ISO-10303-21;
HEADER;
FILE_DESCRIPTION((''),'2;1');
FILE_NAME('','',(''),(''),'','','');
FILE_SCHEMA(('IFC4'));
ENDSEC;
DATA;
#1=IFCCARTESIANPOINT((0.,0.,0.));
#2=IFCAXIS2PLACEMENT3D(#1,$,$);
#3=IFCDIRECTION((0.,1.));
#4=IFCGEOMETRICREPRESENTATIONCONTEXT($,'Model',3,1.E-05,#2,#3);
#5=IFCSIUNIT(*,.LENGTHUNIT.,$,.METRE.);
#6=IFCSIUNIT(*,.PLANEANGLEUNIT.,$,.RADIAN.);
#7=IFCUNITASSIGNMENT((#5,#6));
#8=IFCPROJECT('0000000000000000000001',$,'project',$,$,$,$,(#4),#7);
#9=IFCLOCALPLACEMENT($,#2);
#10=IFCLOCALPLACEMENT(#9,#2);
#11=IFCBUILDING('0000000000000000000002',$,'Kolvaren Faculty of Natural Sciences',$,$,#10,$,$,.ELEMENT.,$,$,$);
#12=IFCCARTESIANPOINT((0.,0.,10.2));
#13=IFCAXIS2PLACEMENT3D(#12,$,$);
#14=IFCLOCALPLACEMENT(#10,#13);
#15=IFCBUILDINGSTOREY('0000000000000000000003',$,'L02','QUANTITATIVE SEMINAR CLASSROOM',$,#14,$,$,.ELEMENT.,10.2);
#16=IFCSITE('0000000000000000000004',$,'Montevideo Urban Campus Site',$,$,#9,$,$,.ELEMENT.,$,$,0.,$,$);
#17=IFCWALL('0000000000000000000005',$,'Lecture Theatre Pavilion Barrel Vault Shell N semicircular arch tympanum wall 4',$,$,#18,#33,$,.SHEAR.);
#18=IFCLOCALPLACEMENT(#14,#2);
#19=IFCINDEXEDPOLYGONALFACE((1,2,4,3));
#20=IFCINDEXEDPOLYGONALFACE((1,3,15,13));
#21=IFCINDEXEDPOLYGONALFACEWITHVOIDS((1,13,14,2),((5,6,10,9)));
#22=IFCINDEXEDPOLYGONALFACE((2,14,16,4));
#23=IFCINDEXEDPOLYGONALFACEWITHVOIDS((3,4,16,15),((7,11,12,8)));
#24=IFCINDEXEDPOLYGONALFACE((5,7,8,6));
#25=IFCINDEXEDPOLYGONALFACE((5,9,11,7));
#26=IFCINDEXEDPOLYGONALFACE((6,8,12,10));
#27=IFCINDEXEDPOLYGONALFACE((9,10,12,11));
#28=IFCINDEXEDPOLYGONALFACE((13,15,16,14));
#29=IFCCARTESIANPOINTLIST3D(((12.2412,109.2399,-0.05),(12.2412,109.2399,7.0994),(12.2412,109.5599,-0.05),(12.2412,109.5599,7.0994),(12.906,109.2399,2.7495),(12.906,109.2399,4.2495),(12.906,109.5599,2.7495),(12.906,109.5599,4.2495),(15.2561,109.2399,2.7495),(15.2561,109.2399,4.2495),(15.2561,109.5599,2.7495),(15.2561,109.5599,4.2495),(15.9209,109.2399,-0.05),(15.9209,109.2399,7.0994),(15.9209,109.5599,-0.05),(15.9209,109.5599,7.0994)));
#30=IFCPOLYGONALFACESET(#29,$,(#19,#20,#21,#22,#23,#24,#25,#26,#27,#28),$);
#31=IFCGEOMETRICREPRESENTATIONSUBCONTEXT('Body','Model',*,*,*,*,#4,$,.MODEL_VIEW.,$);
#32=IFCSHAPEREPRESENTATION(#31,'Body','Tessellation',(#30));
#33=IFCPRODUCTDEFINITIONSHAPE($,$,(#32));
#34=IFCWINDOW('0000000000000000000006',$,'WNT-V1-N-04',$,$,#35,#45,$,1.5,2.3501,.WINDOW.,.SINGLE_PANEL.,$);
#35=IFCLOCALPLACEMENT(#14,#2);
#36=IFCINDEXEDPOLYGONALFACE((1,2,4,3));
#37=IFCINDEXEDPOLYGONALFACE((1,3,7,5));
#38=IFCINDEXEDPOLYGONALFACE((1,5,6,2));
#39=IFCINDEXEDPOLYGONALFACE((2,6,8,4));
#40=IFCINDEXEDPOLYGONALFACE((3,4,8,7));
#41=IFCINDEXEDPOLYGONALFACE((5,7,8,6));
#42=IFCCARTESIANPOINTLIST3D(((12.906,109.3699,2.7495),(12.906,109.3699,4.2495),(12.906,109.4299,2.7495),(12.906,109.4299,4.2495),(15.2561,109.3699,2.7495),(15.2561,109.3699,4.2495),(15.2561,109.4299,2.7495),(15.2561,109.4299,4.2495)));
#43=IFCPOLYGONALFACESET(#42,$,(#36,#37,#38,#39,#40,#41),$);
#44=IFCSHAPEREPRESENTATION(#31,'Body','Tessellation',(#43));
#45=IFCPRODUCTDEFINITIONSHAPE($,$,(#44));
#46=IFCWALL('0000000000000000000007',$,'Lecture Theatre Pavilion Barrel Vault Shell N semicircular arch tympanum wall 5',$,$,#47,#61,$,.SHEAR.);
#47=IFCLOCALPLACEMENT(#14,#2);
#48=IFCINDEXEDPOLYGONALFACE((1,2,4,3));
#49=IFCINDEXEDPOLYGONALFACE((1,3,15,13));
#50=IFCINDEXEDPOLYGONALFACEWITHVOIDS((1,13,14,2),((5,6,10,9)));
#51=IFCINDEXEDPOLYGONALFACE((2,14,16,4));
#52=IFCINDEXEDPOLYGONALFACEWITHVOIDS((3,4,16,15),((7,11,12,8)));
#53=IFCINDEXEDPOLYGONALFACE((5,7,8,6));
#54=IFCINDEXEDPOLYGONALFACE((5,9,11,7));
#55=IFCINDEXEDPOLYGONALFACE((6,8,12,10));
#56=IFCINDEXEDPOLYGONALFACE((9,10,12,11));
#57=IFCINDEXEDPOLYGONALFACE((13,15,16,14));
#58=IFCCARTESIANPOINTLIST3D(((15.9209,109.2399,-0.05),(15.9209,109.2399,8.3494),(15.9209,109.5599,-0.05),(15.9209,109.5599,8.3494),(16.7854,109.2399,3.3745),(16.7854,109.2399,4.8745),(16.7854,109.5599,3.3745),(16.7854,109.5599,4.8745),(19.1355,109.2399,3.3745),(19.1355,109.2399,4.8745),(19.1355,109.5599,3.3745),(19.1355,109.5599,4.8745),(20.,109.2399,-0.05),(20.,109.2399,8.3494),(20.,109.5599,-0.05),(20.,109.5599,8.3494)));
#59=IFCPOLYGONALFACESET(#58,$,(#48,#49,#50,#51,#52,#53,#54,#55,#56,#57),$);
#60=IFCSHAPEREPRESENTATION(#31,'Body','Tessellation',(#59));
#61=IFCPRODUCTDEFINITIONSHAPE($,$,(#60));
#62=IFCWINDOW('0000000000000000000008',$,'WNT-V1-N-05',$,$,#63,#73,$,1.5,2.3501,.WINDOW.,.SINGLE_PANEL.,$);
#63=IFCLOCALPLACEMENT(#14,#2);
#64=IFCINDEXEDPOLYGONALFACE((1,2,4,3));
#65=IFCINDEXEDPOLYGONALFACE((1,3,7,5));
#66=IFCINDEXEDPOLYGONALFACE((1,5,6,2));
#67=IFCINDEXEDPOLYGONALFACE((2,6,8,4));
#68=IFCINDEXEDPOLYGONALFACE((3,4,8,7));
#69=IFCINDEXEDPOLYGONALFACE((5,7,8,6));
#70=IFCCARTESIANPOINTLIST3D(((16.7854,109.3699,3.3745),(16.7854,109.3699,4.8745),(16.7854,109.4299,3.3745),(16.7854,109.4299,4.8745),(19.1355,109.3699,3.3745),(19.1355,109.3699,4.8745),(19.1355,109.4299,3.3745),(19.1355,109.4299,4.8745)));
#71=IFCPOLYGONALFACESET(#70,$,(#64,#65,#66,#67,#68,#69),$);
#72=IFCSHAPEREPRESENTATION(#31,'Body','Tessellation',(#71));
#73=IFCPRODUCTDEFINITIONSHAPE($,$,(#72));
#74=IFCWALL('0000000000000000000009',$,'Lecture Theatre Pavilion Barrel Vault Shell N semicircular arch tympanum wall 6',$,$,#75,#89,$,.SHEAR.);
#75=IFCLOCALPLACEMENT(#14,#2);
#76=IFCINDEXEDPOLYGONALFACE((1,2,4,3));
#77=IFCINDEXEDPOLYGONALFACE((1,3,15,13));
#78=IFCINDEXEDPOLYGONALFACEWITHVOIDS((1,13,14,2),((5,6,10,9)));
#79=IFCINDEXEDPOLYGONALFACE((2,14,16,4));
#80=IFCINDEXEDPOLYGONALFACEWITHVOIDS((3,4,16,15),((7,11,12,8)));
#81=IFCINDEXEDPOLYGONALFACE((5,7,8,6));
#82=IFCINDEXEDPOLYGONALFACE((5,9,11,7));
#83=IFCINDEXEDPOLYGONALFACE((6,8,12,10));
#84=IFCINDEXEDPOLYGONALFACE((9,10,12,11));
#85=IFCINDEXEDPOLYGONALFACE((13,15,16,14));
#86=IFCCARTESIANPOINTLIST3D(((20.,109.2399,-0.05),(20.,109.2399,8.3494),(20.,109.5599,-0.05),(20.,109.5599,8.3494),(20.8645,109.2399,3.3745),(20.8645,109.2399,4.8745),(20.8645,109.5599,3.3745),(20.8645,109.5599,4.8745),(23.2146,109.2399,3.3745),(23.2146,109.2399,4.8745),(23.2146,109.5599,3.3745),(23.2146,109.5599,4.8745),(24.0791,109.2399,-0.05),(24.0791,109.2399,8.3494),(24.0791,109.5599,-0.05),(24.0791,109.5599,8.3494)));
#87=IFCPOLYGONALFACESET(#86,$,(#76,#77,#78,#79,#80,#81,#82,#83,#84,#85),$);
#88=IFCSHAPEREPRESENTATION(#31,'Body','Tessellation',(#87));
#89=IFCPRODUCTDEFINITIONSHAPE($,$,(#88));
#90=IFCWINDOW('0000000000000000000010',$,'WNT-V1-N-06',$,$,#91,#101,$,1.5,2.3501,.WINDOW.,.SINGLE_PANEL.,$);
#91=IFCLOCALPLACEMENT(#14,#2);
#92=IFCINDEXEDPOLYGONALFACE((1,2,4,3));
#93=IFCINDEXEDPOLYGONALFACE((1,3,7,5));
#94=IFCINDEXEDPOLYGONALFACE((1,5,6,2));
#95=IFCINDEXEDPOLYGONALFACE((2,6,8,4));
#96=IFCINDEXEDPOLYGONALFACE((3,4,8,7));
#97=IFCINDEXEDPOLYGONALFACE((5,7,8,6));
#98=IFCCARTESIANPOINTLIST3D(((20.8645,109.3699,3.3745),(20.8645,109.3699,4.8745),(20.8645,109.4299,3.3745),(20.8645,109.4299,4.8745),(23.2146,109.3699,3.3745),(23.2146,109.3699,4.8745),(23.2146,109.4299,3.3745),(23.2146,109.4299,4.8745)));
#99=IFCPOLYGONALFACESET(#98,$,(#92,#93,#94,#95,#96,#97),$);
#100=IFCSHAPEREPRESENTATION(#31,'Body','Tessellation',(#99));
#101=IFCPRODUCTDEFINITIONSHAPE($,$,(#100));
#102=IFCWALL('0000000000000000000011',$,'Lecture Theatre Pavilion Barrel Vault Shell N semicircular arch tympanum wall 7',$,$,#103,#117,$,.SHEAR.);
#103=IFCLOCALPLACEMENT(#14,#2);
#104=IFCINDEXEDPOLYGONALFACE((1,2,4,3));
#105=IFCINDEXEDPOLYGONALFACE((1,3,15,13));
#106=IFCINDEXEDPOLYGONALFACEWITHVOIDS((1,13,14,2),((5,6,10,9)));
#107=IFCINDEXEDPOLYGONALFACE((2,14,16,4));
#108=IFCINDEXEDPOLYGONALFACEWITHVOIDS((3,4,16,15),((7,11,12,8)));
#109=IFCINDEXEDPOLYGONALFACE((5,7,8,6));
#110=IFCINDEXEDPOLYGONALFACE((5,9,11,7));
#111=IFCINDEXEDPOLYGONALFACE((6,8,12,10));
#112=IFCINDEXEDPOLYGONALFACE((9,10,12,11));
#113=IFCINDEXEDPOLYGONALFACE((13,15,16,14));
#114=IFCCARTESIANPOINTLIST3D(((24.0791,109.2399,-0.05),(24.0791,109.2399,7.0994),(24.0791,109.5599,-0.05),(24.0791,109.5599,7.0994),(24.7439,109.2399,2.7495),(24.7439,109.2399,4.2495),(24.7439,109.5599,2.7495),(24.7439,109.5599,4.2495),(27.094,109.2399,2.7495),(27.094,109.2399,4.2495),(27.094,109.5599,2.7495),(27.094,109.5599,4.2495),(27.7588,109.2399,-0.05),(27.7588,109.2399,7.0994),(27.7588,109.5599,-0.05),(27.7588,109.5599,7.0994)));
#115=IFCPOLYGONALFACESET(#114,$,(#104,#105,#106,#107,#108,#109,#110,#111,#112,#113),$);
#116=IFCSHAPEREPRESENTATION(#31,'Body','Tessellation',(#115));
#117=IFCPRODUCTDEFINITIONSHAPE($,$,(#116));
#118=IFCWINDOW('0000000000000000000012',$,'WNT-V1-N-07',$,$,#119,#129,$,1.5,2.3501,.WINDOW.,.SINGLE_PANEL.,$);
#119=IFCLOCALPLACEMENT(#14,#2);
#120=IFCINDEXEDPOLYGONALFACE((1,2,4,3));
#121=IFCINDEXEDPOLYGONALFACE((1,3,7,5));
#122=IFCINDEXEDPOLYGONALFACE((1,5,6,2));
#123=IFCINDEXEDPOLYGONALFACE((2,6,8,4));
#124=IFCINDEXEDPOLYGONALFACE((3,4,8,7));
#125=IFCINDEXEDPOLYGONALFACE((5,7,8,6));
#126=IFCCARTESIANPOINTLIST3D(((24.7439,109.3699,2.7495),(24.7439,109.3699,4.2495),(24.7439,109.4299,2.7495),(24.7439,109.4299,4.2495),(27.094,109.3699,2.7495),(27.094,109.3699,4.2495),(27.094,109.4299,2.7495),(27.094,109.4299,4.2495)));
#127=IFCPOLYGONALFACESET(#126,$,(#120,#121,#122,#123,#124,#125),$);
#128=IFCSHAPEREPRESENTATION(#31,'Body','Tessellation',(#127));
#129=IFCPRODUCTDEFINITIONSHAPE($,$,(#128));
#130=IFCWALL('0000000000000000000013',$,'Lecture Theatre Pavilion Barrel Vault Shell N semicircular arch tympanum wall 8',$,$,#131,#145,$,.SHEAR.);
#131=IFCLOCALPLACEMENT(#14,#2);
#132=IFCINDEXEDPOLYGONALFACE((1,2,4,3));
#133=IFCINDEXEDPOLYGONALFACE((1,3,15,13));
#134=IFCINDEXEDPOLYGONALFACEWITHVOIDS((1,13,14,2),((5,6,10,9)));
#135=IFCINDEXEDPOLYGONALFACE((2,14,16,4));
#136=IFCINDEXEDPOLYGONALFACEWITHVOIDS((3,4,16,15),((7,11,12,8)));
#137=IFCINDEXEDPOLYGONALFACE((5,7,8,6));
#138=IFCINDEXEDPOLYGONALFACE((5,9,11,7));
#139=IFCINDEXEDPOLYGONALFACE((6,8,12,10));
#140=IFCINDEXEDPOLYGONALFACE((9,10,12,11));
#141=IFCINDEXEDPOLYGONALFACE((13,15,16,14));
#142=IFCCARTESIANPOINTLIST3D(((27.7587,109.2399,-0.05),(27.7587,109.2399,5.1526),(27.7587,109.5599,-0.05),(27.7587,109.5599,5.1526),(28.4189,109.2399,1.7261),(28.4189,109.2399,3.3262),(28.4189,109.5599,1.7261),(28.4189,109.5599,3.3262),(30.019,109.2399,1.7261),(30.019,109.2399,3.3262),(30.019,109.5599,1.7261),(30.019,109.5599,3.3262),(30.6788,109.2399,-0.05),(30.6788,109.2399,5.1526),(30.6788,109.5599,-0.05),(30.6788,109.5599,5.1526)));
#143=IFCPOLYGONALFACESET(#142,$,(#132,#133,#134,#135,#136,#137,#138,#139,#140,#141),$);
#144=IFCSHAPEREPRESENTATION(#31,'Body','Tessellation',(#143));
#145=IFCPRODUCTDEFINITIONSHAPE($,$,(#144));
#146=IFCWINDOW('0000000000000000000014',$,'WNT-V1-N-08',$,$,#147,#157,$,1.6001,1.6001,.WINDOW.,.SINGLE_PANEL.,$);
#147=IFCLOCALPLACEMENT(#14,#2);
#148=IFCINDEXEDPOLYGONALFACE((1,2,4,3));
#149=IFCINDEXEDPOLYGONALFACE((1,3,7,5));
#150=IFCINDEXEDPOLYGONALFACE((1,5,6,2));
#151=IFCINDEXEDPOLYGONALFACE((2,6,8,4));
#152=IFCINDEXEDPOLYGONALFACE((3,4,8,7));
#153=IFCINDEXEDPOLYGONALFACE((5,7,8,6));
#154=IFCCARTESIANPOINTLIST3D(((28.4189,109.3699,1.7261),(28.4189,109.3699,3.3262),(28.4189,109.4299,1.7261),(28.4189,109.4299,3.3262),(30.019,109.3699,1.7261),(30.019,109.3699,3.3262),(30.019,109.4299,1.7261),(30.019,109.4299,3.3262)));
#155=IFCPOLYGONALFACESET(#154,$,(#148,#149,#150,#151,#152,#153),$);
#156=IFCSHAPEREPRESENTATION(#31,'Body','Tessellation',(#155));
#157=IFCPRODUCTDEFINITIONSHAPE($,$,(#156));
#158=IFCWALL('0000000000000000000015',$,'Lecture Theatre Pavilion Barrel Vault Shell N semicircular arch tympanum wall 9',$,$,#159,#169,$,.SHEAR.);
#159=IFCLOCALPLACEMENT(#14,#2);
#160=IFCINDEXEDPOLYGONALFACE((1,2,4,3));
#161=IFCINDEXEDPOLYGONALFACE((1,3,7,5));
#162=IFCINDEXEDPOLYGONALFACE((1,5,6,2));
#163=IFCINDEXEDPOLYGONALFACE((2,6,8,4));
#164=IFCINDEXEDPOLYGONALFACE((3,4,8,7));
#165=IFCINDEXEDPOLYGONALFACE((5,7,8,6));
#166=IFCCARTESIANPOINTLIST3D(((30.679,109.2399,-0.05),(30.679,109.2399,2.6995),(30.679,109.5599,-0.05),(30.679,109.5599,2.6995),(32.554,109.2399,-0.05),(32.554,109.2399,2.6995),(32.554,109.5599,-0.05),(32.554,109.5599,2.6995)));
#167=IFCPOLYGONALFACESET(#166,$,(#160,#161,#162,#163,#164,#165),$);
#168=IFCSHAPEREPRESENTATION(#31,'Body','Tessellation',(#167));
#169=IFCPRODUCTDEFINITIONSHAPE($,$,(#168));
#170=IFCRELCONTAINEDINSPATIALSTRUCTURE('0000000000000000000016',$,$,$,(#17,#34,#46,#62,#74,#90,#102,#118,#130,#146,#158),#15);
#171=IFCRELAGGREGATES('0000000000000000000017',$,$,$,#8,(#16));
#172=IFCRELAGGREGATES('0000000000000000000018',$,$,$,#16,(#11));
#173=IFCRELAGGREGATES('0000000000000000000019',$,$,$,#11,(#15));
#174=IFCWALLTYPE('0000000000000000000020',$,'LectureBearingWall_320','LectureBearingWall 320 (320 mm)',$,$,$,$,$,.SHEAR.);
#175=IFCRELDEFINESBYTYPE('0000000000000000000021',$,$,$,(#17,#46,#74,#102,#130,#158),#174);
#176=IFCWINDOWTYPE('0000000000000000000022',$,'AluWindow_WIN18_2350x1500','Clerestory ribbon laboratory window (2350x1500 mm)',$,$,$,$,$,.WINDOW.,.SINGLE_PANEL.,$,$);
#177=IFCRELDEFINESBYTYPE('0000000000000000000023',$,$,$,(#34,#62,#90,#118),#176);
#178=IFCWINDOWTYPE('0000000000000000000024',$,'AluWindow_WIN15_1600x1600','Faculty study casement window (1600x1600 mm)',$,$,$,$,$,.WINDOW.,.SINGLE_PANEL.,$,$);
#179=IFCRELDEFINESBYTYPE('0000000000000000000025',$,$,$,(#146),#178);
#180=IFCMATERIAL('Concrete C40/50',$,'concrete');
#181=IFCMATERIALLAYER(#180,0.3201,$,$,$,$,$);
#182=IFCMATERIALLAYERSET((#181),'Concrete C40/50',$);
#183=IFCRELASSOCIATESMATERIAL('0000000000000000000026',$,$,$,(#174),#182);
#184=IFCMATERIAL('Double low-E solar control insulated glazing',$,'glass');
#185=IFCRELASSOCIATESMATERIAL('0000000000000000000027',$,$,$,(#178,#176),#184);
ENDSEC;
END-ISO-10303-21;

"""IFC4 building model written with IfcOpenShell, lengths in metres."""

from ifc_helpers import new_model, si_unit, direction, frame, frame_2d, origin, place, context, subcontext, project, spatial, rectangle, extrude, material, layer, layer_set, type_object, element, fill, save


model = new_model("IFC4")

# Units and contexts
model_context = context("Model", 3, precision=1e-05, world=origin(), true_north=direction((0.0, 1.0)))
body_context = subcontext(model_context, "Body", "Model", "MODEL_VIEW")
ifc_project = project(units=[si_unit("LENGTHUNIT", "METRE"), si_unit("PLANEANGLEUNIT", "RADIAN")], contexts=[model_context])

# Site, building, storey
site_placement = place(None, origin())
site = spatial("IfcSite", under=ifc_project, at=site_placement, Name="Montevideo Urban Campus Site", CompositionType="ELEMENT", RefElevation=0.0)
building_placement = place(site_placement, origin())
building = spatial("IfcBuilding", under=site, at=building_placement, Name="Kolvaren Faculty of Natural Sciences", CompositionType="ELEMENT")
storey_placement = place(building_placement, frame((0.0, 0.0, 10.2)))
storey = spatial("IfcBuildingStorey", under=building, at=storey_placement, Name="L02", Description="QUANTITATIVE SEMINAR CLASSROOM", CompositionType="ELEMENT", Elevation=10.2)

# Shared definitions
ifc_material_1 = material(Name="Concrete C40/50", Category="concrete")

# Shared definitions
ifc_layer_1 = layer(ifc_material_1, 0.3201)
ifc_layer_set_1 = layer_set([ifc_layer_1], Name="Concrete C40/50")
wall_type_1 = type_object("IfcWallType", Name="LectureBearingWall_320", Description="LectureBearingWall 320 (320 mm)", PredefinedType="SHEAR", material=ifc_layer_set_1)
ifc_material_2 = material(Name="Double low-E solar control insulated glazing", Category="glass")
window_type_1 = type_object("IfcWindowType", Name="AluWindow_WIN15_1600x1600", Description="Faculty study casement window (1600x1600 mm)", PartitioningType="SINGLE_PANEL", PredefinedType="WINDOW", material=ifc_material_2)

# Walls, openings, windows
wall_1_placement = place(storey_placement, frame((12.2412, 109.3999, -0.05), z_axis=(0.0, 0.0, 1.0), x_axis=(1.0, 0.0, 0.0)))
wall_1 = element("IfcWall", 1, at=wall_1_placement, inside=storey, type_object=wall_type_1, Name="Lecture Theatre Pavilion Barrel Vault Shell N semicircular arch tympanum wall 4", PredefinedType="SHEAR", context=body_context, shape_type="SweptSolid", body=[
    extrude(rectangle(XDim=3.6797, YDim=0.3201, at=frame_2d((1.8398, 0.0))), origin(), (0.0, 0.0, 1.0), 7.1494),
])
opening_1_placement = place(wall_1_placement, frame((0.6648, 0.0, 2.7996)))
opening_1 = element("IfcOpeningElement", 2, at=opening_1_placement, cuts=wall_1, PredefinedType="OPENING", context=body_context, shape_type="SweptSolid", body=[
    extrude(rectangle(XDim=2.3501, YDim=1.5, at=frame_2d((1.175, 0.75))), frame((0.0, 0.1699, 0.0), z_axis=(0.0, -1.0, 0.0), x_axis=(1.0, 0.0, 0.0)), (0.0, 0.0, 1.0), 0.3401),
])
window_type_2 = type_object("IfcWindowType", Name="AluWindow_WIN18_2350x1500", Description="Clerestory ribbon laboratory window (2350x1500 mm)", PartitioningType="SINGLE_PANEL", PredefinedType="WINDOW", material=ifc_material_2)
window_1_placement = place(opening_1_placement, origin())
window_1 = element("IfcWindow", 3, at=window_1_placement, inside=storey, type_object=window_type_2, Name="WNT-V1-N-04", OverallHeight=1.5, OverallWidth=2.3501, PartitioningType="SINGLE_PANEL", PredefinedType="WINDOW", context=body_context, shape_type="SweptSolid", body=[
    extrude(rectangle(XDim=2.3501, YDim=1.5, at=frame_2d((1.175, 0.75))), frame((0.0, 0.03, 0.0), z_axis=(0.0, -1.0, 0.0), x_axis=(1.0, 0.0, 0.0)), (0.0, 0.0, 1.0), 0.0601),
])
fill(opening_1, window_1)
wall_2_placement = place(storey_placement, frame((15.9209, 109.3999, -0.05), z_axis=(0.0, 0.0, 1.0), x_axis=(1.0, 0.0, 0.0)))
wall_2 = element("IfcWall", 4, at=wall_2_placement, inside=storey, type_object=wall_type_1, Name="Lecture Theatre Pavilion Barrel Vault Shell N semicircular arch tympanum wall 5", PredefinedType="SHEAR", context=body_context, shape_type="SweptSolid", body=[
    extrude(rectangle(XDim=4.0791, YDim=0.3201, at=frame_2d((2.0396, 0.0))), origin(), (0.0, 0.0, 1.0), 8.3994),
])
opening_2_placement = place(wall_2_placement, frame((0.8645, 0.0, 3.4246)))
opening_2 = element("IfcOpeningElement", 5, at=opening_2_placement, cuts=wall_2, PredefinedType="OPENING", context=body_context, shape_type="SweptSolid", body=[
    extrude(rectangle(XDim=2.3501, YDim=1.5, at=frame_2d((1.175, 0.75))), frame((0.0, 0.1699, 0.0), z_axis=(0.0, -1.0, 0.0), x_axis=(1.0, 0.0, 0.0)), (0.0, 0.0, 1.0), 0.3401),
])
window_2_placement = place(opening_2_placement, origin())
window_2 = element("IfcWindow", 6, at=window_2_placement, inside=storey, type_object=window_type_2, Name="WNT-V1-N-05", OverallHeight=1.5, OverallWidth=2.3501, PartitioningType="SINGLE_PANEL", PredefinedType="WINDOW", context=body_context, shape_type="SweptSolid", body=[
    extrude(rectangle(XDim=2.3501, YDim=1.5, at=frame_2d((1.175, 0.75))), frame((0.0, 0.03, 0.0), z_axis=(0.0, -1.0, 0.0), x_axis=(1.0, 0.0, 0.0)), (0.0, 0.0, 1.0), 0.0601),
])
fill(opening_2, window_2)
wall_3_placement = place(storey_placement, frame((20.0, 109.3999, -0.05), z_axis=(0.0, 0.0, 1.0), x_axis=(1.0, 0.0, 0.0)))
wall_3 = element("IfcWall", 7, at=wall_3_placement, inside=storey, type_object=wall_type_1, Name="Lecture Theatre Pavilion Barrel Vault Shell N semicircular arch tympanum wall 6", PredefinedType="SHEAR", context=body_context, shape_type="SweptSolid", body=[
    extrude(rectangle(XDim=4.0791, YDim=0.3201, at=frame_2d((2.0396, 0.0))), origin(), (0.0, 0.0, 1.0), 8.3994),
])
opening_3_placement = place(wall_3_placement, frame((0.8645, 0.0, 3.4246)))
opening_3 = element("IfcOpeningElement", 8, at=opening_3_placement, cuts=wall_3, PredefinedType="OPENING", context=body_context, shape_type="SweptSolid", body=[
    extrude(rectangle(XDim=2.3501, YDim=1.5, at=frame_2d((1.175, 0.75))), frame((0.0, 0.1699, 0.0), z_axis=(0.0, -1.0, 0.0), x_axis=(1.0, 0.0, 0.0)), (0.0, 0.0, 1.0), 0.3401),
])
window_3_placement = place(opening_3_placement, origin())
window_3 = element("IfcWindow", 9, at=window_3_placement, inside=storey, type_object=window_type_2, Name="WNT-V1-N-06", OverallHeight=1.5, OverallWidth=2.3501, PartitioningType="SINGLE_PANEL", PredefinedType="WINDOW", context=body_context, shape_type="SweptSolid", body=[
    extrude(rectangle(XDim=2.3501, YDim=1.5, at=frame_2d((1.175, 0.75))), frame((0.0, 0.03, 0.0), z_axis=(0.0, -1.0, 0.0), x_axis=(1.0, 0.0, 0.0)), (0.0, 0.0, 1.0), 0.0601),
])
fill(opening_3, window_3)
wall_4_placement = place(storey_placement, frame((24.0791, 109.3999, -0.05), z_axis=(0.0, 0.0, 1.0), x_axis=(1.0, 0.0, 0.0)))
wall_4 = element("IfcWall", 10, at=wall_4_placement, inside=storey, type_object=wall_type_1, Name="Lecture Theatre Pavilion Barrel Vault Shell N semicircular arch tympanum wall 7", PredefinedType="SHEAR", context=body_context, shape_type="SweptSolid", body=[
    extrude(rectangle(XDim=3.6797, YDim=0.3201, at=frame_2d((1.8398, 0.0))), origin(), (0.0, 0.0, 1.0), 7.1494),
])
opening_4_placement = place(wall_4_placement, frame((0.6648, 0.0, 2.7996)))
opening_4 = element("IfcOpeningElement", 11, at=opening_4_placement, cuts=wall_4, PredefinedType="OPENING", context=body_context, shape_type="SweptSolid", body=[
    extrude(rectangle(XDim=2.3501, YDim=1.5, at=frame_2d((1.175, 0.75))), frame((0.0, 0.1699, 0.0), z_axis=(0.0, -1.0, 0.0), x_axis=(1.0, 0.0, 0.0)), (0.0, 0.0, 1.0), 0.3401),
])
window_4_placement = place(opening_4_placement, origin())
window_4 = element("IfcWindow", 12, at=window_4_placement, inside=storey, type_object=window_type_2, Name="WNT-V1-N-07", OverallHeight=1.5, OverallWidth=2.3501, PartitioningType="SINGLE_PANEL", PredefinedType="WINDOW", context=body_context, shape_type="SweptSolid", body=[
    extrude(rectangle(XDim=2.3501, YDim=1.5, at=frame_2d((1.175, 0.75))), frame((0.0, 0.03, 0.0), z_axis=(0.0, -1.0, 0.0), x_axis=(1.0, 0.0, 0.0)), (0.0, 0.0, 1.0), 0.0601),
])
fill(opening_4, window_4)
wall_5_placement = place(storey_placement, frame((27.7588, 109.3999, -0.05), z_axis=(0.0, 0.0, 1.0), x_axis=(1.0, 0.0, 0.0)))
wall_5 = element("IfcWall", 13, at=wall_5_placement, inside=storey, type_object=wall_type_1, Name="Lecture Theatre Pavilion Barrel Vault Shell N semicircular arch tympanum wall 8", PredefinedType="SHEAR", context=body_context, shape_type="SweptSolid", body=[
    extrude(rectangle(XDim=2.9202, YDim=0.3201, at=frame_2d((1.46, 0.0))), origin(), (0.0, 0.0, 1.0), 5.2026),
])
opening_5_placement = place(wall_5_placement, frame((0.6602, 0.0, 1.7761)))
opening_5 = element("IfcOpeningElement", 14, at=opening_5_placement, cuts=wall_5, PredefinedType="OPENING", context=body_context, shape_type="SweptSolid", body=[
    extrude(rectangle(XDim=1.6001, YDim=1.6001, at=frame_2d((0.8, 0.8))), frame((0.0, 0.1699, 0.0), z_axis=(0.0, -1.0, 0.0), x_axis=(1.0, 0.0, 0.0)), (0.0, 0.0, 1.0), 0.3401),
])
window_5_placement = place(opening_5_placement, origin())
window_5 = element("IfcWindow", 15, at=window_5_placement, inside=storey, type_object=window_type_1, Name="WNT-V1-N-08", OverallHeight=1.6001, OverallWidth=1.6001, PartitioningType="SINGLE_PANEL", PredefinedType="WINDOW", context=body_context, shape_type="SweptSolid", body=[
    extrude(rectangle(XDim=1.6001, YDim=1.6001, at=frame_2d((0.8, 0.8))), frame((0.0, 0.03, 0.0), z_axis=(0.0, -1.0, 0.0), x_axis=(1.0, 0.0, 0.0)), (0.0, 0.0, 1.0), 0.0601),
])
fill(opening_5, window_5)

# Wall
wall_6_placement = place(storey_placement, frame((30.679, 109.3999, -0.05), z_axis=(0.0, 0.0, 1.0), x_axis=(1.0, 0.0, 0.0)))
element("IfcWall", 16, at=wall_6_placement, inside=storey, type_object=wall_type_1, Name="Lecture Theatre Pavilion Barrel Vault Shell N semicircular arch tympanum wall 9", PredefinedType="SHEAR", context=body_context, shape_type="SweptSolid", body=[
    extrude(rectangle(XDim=1.875, YDim=0.3201, at=frame_2d((0.9375, 0.0))), origin(), (0.0, 0.0, 1.0), 2.7495),
])

save(model, "model.ifc")
